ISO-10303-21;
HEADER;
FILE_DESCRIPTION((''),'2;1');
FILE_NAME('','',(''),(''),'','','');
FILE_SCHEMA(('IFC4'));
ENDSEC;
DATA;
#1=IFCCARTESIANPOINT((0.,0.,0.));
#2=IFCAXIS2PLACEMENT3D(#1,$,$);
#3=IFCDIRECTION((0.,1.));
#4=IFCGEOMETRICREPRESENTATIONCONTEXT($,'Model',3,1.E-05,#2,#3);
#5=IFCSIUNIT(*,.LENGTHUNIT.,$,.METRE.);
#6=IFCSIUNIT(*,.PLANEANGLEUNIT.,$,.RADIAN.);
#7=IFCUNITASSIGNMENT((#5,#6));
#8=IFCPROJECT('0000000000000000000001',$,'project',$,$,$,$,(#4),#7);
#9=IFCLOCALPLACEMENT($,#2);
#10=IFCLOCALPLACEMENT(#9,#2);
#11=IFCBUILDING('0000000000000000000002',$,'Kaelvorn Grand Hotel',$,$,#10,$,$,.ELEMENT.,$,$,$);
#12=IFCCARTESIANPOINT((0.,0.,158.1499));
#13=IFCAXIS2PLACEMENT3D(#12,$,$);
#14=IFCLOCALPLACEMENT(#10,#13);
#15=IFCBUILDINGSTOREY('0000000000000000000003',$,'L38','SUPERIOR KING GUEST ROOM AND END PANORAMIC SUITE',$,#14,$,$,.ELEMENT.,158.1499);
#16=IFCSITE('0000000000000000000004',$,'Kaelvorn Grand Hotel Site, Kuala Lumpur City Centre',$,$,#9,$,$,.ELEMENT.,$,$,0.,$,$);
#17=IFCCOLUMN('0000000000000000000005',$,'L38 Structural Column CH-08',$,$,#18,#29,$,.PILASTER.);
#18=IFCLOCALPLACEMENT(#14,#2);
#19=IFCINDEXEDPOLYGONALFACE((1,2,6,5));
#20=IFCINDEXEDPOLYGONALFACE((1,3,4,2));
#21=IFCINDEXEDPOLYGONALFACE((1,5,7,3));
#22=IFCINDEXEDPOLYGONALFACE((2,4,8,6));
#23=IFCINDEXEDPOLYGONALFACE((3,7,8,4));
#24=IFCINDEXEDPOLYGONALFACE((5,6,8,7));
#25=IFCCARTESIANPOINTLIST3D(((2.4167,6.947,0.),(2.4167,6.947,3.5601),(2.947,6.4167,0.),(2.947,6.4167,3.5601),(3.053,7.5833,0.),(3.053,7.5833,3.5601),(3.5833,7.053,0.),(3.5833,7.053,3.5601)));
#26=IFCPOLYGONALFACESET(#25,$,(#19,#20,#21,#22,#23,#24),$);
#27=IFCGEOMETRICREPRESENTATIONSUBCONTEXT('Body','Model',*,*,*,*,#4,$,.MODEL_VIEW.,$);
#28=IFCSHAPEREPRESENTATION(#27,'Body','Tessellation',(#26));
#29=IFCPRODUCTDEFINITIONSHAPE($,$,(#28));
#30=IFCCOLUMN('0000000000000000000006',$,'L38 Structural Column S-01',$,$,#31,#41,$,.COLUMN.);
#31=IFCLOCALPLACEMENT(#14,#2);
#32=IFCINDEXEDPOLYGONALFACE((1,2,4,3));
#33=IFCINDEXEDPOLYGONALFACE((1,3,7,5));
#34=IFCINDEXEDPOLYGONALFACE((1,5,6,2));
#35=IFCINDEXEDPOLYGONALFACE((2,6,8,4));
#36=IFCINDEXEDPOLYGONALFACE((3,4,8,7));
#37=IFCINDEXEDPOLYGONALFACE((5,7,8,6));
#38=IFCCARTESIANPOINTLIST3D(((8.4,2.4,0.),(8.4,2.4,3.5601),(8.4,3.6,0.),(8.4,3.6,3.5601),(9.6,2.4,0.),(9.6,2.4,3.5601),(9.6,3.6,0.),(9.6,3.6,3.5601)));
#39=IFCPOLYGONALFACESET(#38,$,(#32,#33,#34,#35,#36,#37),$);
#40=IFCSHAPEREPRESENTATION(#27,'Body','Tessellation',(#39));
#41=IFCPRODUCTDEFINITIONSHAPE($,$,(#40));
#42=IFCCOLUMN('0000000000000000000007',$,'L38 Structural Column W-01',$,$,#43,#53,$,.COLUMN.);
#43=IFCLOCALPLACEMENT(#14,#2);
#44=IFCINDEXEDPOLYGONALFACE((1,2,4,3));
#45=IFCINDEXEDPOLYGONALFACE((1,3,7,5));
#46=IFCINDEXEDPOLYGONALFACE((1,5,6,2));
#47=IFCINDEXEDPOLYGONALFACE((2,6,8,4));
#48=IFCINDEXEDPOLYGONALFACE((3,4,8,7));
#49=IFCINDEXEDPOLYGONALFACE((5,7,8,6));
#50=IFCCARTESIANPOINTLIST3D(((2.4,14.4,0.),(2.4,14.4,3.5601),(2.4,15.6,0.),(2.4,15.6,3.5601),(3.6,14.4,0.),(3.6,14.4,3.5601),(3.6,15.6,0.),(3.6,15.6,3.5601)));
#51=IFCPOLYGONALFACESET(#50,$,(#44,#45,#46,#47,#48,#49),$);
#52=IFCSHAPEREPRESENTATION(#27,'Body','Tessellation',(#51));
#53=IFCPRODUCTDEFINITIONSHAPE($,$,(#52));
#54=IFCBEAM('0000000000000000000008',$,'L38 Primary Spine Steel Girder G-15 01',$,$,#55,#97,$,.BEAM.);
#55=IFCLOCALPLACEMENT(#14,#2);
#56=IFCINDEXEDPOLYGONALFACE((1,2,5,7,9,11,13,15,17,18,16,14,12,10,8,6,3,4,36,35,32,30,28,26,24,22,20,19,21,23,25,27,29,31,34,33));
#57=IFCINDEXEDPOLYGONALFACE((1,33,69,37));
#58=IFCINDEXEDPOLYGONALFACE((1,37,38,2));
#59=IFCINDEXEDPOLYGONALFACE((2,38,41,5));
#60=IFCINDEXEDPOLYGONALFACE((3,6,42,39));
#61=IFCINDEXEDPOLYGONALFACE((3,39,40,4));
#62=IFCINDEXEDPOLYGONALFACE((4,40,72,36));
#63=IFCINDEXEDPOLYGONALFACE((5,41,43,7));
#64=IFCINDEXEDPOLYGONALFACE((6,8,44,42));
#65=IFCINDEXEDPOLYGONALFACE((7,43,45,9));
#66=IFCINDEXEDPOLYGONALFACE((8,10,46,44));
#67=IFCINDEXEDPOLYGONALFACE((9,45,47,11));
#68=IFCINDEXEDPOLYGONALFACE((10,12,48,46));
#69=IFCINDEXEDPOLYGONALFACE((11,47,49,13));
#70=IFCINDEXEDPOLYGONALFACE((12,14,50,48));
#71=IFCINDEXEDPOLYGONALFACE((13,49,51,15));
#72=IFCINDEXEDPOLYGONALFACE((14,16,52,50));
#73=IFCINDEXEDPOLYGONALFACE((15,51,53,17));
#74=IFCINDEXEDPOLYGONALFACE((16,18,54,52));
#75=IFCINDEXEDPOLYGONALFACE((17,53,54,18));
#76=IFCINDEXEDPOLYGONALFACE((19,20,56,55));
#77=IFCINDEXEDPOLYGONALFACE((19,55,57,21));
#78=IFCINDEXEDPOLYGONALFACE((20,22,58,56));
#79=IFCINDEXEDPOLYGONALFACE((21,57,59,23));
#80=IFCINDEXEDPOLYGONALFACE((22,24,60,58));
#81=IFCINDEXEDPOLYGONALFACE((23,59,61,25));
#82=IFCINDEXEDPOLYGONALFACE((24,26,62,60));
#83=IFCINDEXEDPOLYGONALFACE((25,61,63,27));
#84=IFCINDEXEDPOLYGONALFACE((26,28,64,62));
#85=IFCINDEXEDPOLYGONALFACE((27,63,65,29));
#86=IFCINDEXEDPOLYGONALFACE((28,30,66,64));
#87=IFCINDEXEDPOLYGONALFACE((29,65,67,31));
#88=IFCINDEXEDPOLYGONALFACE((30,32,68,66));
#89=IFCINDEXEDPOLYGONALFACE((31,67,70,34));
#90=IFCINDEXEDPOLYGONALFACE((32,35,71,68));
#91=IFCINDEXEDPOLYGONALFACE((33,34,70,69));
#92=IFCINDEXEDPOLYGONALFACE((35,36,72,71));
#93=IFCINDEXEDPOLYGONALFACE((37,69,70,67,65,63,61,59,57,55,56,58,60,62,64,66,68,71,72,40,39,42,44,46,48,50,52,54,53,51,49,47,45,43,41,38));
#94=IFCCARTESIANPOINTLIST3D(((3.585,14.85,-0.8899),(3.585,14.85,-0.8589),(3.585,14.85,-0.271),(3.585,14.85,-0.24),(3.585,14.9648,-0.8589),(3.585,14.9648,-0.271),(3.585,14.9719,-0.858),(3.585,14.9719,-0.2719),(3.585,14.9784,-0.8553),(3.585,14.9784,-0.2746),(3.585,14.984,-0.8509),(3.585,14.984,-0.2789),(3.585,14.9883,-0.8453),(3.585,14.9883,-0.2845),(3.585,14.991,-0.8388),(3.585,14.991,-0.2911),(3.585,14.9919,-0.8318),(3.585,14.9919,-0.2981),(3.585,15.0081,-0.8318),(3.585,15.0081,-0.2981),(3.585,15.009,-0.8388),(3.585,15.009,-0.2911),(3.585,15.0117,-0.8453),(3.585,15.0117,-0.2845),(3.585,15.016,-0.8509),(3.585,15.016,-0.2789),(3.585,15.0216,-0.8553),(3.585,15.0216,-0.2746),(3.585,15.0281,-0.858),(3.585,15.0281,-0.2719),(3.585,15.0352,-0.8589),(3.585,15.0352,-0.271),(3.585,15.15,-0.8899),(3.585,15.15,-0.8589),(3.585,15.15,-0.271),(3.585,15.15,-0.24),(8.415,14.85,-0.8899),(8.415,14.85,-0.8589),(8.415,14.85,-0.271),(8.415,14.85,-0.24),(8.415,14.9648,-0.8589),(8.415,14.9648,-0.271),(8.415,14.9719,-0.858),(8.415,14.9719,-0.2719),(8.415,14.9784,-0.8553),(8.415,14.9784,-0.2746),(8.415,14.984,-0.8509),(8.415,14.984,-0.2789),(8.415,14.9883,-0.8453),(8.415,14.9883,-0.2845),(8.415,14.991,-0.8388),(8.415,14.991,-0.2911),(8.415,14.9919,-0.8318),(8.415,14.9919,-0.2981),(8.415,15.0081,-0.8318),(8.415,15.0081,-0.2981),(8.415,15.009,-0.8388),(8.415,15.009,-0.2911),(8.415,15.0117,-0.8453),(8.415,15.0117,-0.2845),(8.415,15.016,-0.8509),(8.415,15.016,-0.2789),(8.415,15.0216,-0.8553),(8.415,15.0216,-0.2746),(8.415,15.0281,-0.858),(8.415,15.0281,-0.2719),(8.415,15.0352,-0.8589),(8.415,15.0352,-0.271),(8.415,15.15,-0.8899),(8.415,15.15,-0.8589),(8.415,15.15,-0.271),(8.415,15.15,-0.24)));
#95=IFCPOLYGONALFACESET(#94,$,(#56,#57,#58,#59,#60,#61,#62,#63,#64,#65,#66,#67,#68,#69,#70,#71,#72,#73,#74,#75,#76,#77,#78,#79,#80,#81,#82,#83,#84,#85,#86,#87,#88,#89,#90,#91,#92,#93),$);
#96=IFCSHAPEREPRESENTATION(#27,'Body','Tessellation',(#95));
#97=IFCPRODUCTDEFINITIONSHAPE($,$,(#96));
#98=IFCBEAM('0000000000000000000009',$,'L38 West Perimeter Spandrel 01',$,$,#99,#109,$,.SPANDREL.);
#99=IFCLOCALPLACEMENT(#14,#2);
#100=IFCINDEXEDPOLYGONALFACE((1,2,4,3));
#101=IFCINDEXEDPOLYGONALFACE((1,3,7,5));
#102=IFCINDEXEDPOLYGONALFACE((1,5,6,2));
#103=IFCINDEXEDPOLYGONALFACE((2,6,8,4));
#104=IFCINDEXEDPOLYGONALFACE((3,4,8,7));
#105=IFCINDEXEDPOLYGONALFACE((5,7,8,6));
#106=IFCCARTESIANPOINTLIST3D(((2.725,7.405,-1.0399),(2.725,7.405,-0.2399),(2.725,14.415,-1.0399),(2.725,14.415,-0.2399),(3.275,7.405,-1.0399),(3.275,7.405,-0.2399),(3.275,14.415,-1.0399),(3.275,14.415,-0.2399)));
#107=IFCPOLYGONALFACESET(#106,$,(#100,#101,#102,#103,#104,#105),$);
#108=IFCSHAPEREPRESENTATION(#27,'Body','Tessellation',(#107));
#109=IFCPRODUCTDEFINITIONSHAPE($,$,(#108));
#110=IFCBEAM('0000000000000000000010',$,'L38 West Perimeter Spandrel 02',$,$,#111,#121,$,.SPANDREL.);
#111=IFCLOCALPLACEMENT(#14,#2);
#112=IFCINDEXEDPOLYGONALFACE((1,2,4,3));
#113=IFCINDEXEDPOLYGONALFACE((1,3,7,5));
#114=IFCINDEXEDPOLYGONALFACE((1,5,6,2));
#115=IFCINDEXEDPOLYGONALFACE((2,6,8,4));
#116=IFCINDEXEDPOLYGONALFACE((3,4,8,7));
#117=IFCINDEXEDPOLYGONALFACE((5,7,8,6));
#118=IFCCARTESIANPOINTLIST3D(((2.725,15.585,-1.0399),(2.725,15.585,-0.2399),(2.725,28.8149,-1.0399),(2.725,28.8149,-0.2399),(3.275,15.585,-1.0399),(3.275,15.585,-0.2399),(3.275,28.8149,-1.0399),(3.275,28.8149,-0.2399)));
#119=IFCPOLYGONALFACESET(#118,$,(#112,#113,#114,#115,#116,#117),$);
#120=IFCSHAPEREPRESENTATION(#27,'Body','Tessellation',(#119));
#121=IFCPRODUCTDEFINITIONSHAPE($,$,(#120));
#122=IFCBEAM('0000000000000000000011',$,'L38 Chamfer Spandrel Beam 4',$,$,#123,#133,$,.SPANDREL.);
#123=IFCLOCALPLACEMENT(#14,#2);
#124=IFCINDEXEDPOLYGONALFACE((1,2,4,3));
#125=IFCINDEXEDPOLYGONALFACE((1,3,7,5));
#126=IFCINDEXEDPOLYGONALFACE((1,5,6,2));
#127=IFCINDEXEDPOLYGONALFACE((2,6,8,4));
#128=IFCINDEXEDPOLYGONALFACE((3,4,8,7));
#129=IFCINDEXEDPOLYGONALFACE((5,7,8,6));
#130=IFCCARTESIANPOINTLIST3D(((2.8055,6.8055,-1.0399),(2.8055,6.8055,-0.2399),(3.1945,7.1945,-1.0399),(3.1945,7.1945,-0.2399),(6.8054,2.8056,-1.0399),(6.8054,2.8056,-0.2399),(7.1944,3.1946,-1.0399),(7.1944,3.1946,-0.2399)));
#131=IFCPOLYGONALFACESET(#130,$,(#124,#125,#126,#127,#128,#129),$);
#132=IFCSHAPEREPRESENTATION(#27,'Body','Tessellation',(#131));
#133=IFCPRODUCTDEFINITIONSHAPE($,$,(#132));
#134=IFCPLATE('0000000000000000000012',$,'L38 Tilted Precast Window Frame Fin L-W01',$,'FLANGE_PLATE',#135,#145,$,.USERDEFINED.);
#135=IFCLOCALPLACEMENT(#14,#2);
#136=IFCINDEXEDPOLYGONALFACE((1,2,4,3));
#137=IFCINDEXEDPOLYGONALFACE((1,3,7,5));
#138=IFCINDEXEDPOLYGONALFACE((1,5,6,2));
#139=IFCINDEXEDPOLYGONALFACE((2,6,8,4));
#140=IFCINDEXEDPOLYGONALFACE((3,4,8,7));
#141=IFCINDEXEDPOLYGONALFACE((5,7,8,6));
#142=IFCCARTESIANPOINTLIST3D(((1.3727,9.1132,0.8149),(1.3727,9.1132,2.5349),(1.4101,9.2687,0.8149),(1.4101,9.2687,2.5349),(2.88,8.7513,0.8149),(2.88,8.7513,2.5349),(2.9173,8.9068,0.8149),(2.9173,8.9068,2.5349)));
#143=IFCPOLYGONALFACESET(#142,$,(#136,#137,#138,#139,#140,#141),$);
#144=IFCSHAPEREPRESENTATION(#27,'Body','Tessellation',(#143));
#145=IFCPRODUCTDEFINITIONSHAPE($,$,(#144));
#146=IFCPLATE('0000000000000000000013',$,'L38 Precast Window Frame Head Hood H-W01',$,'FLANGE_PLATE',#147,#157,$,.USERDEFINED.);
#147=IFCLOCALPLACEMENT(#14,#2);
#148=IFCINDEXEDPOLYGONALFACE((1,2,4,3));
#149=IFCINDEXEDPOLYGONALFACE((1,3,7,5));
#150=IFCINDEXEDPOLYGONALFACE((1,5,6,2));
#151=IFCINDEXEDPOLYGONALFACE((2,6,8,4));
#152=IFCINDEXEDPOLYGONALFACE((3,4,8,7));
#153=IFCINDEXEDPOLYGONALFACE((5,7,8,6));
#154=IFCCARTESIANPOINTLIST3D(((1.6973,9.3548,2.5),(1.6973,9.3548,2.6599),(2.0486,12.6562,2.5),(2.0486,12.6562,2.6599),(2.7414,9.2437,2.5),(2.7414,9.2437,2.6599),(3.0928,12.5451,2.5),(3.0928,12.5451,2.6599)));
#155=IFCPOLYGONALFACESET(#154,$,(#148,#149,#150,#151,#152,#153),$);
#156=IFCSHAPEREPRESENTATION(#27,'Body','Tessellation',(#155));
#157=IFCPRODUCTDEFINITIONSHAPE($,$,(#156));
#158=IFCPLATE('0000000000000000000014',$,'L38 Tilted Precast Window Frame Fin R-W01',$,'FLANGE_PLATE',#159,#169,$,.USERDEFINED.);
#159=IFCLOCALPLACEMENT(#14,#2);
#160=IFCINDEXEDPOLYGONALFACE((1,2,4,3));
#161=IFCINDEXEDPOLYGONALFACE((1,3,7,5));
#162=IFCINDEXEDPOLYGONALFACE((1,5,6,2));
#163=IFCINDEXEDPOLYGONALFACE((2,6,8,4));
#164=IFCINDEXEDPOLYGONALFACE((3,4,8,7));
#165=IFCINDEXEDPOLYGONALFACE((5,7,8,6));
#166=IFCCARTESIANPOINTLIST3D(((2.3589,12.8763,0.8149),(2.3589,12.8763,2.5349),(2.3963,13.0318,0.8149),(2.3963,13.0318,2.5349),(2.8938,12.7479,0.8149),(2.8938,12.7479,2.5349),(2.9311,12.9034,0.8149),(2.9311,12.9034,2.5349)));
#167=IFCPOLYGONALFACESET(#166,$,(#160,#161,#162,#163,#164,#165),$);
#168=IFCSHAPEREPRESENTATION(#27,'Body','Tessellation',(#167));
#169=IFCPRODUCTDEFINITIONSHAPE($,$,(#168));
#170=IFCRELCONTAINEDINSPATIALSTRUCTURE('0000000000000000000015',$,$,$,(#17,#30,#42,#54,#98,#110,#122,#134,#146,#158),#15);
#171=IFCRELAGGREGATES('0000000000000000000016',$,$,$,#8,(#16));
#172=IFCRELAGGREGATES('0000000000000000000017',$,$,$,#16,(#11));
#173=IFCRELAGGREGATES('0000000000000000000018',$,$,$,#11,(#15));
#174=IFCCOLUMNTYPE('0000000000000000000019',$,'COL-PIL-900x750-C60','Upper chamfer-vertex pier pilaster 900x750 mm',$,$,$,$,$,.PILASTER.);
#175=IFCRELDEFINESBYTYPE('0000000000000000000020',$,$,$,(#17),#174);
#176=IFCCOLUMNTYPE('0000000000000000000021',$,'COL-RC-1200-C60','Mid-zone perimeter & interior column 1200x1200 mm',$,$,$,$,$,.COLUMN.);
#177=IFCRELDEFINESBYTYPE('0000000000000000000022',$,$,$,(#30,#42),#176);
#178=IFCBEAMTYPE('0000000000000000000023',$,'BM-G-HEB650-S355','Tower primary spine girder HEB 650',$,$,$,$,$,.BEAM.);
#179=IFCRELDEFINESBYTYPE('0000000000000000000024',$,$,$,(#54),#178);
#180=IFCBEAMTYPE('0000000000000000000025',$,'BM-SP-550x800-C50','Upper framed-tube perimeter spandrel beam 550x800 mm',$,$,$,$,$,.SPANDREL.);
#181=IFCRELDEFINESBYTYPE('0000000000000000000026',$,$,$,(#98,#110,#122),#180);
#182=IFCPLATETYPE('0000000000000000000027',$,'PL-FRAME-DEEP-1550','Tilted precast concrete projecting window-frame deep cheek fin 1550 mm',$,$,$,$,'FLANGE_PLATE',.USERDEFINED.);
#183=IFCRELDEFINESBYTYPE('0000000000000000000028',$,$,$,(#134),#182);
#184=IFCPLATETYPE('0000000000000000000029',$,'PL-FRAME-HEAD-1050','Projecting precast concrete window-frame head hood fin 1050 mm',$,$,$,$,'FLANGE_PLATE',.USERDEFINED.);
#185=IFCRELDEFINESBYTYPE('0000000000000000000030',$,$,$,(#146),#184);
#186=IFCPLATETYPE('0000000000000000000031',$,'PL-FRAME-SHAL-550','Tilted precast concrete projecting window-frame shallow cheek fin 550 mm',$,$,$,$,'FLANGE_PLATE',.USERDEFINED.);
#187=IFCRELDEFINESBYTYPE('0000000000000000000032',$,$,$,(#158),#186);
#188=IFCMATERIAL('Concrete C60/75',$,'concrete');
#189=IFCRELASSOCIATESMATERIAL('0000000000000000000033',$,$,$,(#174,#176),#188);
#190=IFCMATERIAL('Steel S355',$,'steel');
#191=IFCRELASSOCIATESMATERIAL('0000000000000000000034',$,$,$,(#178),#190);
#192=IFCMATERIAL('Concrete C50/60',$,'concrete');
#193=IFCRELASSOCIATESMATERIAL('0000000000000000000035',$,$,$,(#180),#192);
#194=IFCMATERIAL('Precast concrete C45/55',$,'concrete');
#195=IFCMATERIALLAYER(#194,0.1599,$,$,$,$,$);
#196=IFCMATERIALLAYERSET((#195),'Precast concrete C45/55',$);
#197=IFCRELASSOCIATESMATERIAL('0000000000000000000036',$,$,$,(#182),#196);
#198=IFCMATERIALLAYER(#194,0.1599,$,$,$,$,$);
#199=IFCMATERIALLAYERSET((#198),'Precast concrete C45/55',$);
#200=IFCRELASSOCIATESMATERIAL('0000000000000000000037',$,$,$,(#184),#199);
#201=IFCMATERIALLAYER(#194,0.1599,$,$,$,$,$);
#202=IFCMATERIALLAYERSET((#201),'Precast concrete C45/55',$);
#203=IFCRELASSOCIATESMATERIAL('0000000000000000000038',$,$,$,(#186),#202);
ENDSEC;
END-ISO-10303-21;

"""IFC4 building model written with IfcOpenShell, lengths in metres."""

from ifc_helpers import new_model, si_unit, direction, frame, origin, origin_2d, place, context, subcontext, project, spatial, rectangle, i_section, extrude, material, layer, layer_set, material_profile, profile_set, type_object, element, save


model = new_model("IFC4")

# Units and contexts
model_context = context("Model", 3, precision=1e-05, world=origin(), true_north=direction((0.0, 1.0)))
body_context = subcontext(model_context, "Body", "Model", "MODEL_VIEW")
ifc_project = project(units=[si_unit("LENGTHUNIT", "METRE"), si_unit("PLANEANGLEUNIT", "RADIAN")], contexts=[model_context])

# Site, building, storey
site_placement = place(None, origin())
site = spatial("IfcSite", under=ifc_project, at=site_placement, Name="Kaelvorn Grand Hotel Site, Kuala Lumpur City Centre", CompositionType="ELEMENT", RefElevation=0.0)
building_placement = place(site_placement, origin())
building = spatial("IfcBuilding", under=site, at=building_placement, Name="Kaelvorn Grand Hotel", CompositionType="ELEMENT")
storey_placement = place(building_placement, frame((0.0, 0.0, 158.1499)))
storey = spatial("IfcBuildingStorey", under=building, at=storey_placement, Name="L38", Description="SUPERIOR KING GUEST ROOM AND END PANORAMIC SUITE", CompositionType="ELEMENT", Elevation=158.1499)

# Columns
ifc_material_1 = material(Name="Concrete C60/75", Category="concrete")
ifc_material_profile_1 = material_profile(ifc_material_1, rectangle(XDim=0.8999, YDim=0.75, at=origin_2d()), Name="RC PILASTER 900x750")
ifc_profile_set_1 = profile_set([ifc_material_profile_1], Name="Concrete C60/75")
column_type_1 = type_object("IfcColumnType", Name="COL-PIL-900x750-C60", Description="Upper chamfer-vertex pier pilaster 900x750 mm", PredefinedType="PILASTER", material=ifc_profile_set_1)
column_placement = place(storey_placement, frame((3.0, 7.0, 0.0), z_axis=(0.0, 0.0, 1.0), x_axis=(0.707107, 0.707107, 0.0)))
element("IfcColumn", 1, at=column_placement, inside=storey, type_object=column_type_1, Name="L38 Structural Column CH-08", PredefinedType="PILASTER", context=body_context, shape_type="SweptSolid", body=[
    extrude(rectangle(XDim=0.8999, YDim=0.75, at=origin_2d()), origin(), (0.0, 0.0, 1.0), 3.5601),
])
ifc_material_profile_2 = material_profile(ifc_material_1, rectangle(XDim=1.2, YDim=1.2, at=origin_2d()), Name="RC COL 1200x1200")
ifc_profile_set_2 = profile_set([ifc_material_profile_2], Name="Concrete C60/75")
column_type_2 = type_object("IfcColumnType", Name="COL-RC-1200-C60", Description="Mid-zone perimeter & interior column 1200x1200 mm", PredefinedType="COLUMN", material=ifc_profile_set_2)
for number, where, z_axis, x_axis, name in (
    (2, (9.0, 3.0, 0.0), (0.0, 0.0, 1.0), (1.0, 0.0, 0.0), "L38 Structural Column S-01"),
    (3, (3.0, 15.0, 0.0), (0.0, 0.0, 1.0), (1.0, 0.0, 0.0), "L38 Structural Column W-01"),
):
    element("IfcColumn", number, at=place(storey_placement, frame(where, z_axis=z_axis, x_axis=x_axis)), inside=storey, type_object=column_type_2, Name=name, PredefinedType="COLUMN", context=body_context, shape_type="SweptSolid", body=[
        extrude(rectangle(XDim=1.2, YDim=1.2, at=origin_2d()), origin(), (0.0, 0.0, 1.0), 3.5601),
    ])

# Beams
ifc_material_2 = material(Name="Steel S355", Category="steel")
ifc_material_profile_3 = material_profile(ifc_material_2, i_section(OverallWidth=0.3, OverallDepth=0.6499, WebThickness=0.0161, FlangeThickness=0.031, FilletRadius=0.0271, at=origin_2d()), Name="HEB 650")
ifc_profile_set_3 = profile_set([ifc_material_profile_3], Name="Steel S355")
beam_type_1 = type_object("IfcBeamType", Name="BM-G-HEB650-S355", Description="Tower primary spine girder HEB 650", PredefinedType="BEAM", material=ifc_profile_set_3)
beam_1_placement = place(storey_placement, frame((3.585, 15.0, -0.5649), z_axis=(1.0, 0.0, 0.0), x_axis=(0.0, 1.0, 0.0)))
element("IfcBeam", 4, at=beam_1_placement, inside=storey, type_object=beam_type_1, Name="L38 Primary Spine Steel Girder G-15 01", PredefinedType="BEAM", context=body_context, shape_type="SweptSolid", body=[
    extrude(i_section(OverallWidth=0.3, OverallDepth=0.6499, WebThickness=0.0161, FlangeThickness=0.031, FilletRadius=0.0271, at=origin_2d()), origin(), (0.0, 0.0, 1.0), 4.8301),
])
ifc_material_3 = material(Name="Concrete C50/60", Category="concrete")
ifc_material_profile_4 = material_profile(ifc_material_3, rectangle(XDim=0.55, YDim=0.8, at=origin_2d()), Name="RC SPANDREL 550x800")
ifc_profile_set_4 = profile_set([ifc_material_profile_4], Name="Concrete C50/60")
beam_type_2 = type_object("IfcBeamType", Name="BM-SP-550x800-C50", Description="Upper framed-tube perimeter spandrel beam 550x800 mm", PredefinedType="SPANDREL", material=ifc_profile_set_4)
beam_2_placement = place(storey_placement, frame((3.0, 7.405, -0.6399), z_axis=(0.0, 1.0, 0.0), x_axis=(-1.0, 0.0, 0.0)))
element("IfcBeam", 5, at=beam_2_placement, inside=storey, type_object=beam_type_2, Name="L38 West Perimeter Spandrel 01", PredefinedType="SPANDREL", context=body_context, shape_type="SweptSolid", body=[
    extrude(rectangle(XDim=0.55, YDim=0.8, at=origin_2d()), origin(), (0.0, 0.0, 1.0), 7.01),
])
beam_3_placement = place(storey_placement, frame((3.0, 15.585, -0.6399), z_axis=(0.0, 1.0, 0.0), x_axis=(-1.0, 0.0, 0.0)))
element("IfcBeam", 6, at=beam_3_placement, inside=storey, type_object=beam_type_2, Name="L38 West Perimeter Spandrel 02", PredefinedType="SPANDREL", context=body_context, shape_type="SweptSolid", body=[
    extrude(rectangle(XDim=0.55, YDim=0.8, at=origin_2d()), origin(), (0.0, 0.0, 1.0), 13.23),
])
beam_4_placement = place(storey_placement, frame((3.0, 7.0, -0.6399), z_axis=(0.707107, -0.707107, 0.0), x_axis=(0.707107, 0.707107, 0.0)))
element("IfcBeam", 7, at=beam_4_placement, inside=storey, type_object=beam_type_2, Name="L38 Chamfer Spandrel Beam 4", PredefinedType="SPANDREL", context=body_context, shape_type="SweptSolid", body=[
    extrude(rectangle(XDim=0.55, YDim=0.8, at=origin_2d()), origin(), (0.0, 0.0, 1.0), 5.6567),
])

# Plates
ifc_material_4 = material(Name="Precast concrete C45/55", Category="concrete")
ifc_layer_1 = layer(ifc_material_4, 0.1599)
ifc_layer_set_1 = layer_set([ifc_layer_1], Name="Precast concrete C45/55")
plate_type_1 = type_object("IfcPlateType", Name="PL-FRAME-DEEP-1550", Description="Tilted precast concrete projecting window-frame deep cheek fin 1550 mm", ElementType="FLANGE_PLATE", PredefinedType="USERDEFINED", material=ifc_layer_set_1)
plate_1_placement = place(storey_placement, frame((2.145, 9.01, 0.8149), z_axis=(0.0, 0.0, 1.0), x_axis=(0.233445, 0.97237, 0.0)))
element("IfcPlate", 8, at=plate_1_placement, inside=storey, type_object=plate_type_1, Name="L38 Tilted Precast Window Frame Fin L-W01", ObjectType="FLANGE_PLATE", PredefinedType="USERDEFINED", context=body_context, shape_type="SweptSolid", body=[
    extrude(rectangle(XDim=0.1599, YDim=1.55, at=origin_2d()), origin(), (0.0, 0.0, 1.0), 1.72),
])
ifc_layer_2 = layer(ifc_material_4, 0.1599)
ifc_layer_set_2 = layer_set([ifc_layer_2], Name="Precast concrete C45/55")
plate_type_2 = type_object("IfcPlateType", Name="PL-FRAME-HEAD-1050", Description="Projecting precast concrete window-frame head hood fin 1050 mm", ElementType="FLANGE_PLATE", PredefinedType="USERDEFINED", material=ifc_layer_set_2)
plate_2_placement = place(storey_placement, frame((2.395, 10.95, 2.5), z_axis=(0.0, 0.0, 1.0), x_axis=(0.10583, 0.994384, 0.0)))
element("IfcPlate", 9, at=plate_2_placement, inside=storey, type_object=plate_type_2, Name="L38 Precast Window Frame Head Hood H-W01", ObjectType="FLANGE_PLATE", PredefinedType="USERDEFINED", context=body_context, shape_type="SweptSolid", body=[
    extrude(rectangle(XDim=3.3201, YDim=1.05, at=origin_2d()), origin(), (0.0, 0.0, 1.0), 0.1599),
])
ifc_layer_3 = layer(ifc_material_4, 0.1599)
ifc_layer_set_3 = layer_set([ifc_layer_3], Name="Precast concrete C45/55")
plate_type_3 = type_object("IfcPlateType", Name="PL-FRAME-SHAL-550", Description="Tilted precast concrete projecting window-frame shallow cheek fin 550 mm", ElementType="FLANGE_PLATE", PredefinedType="USERDEFINED", material=ifc_layer_set_3)
plate_3_placement = place(storey_placement, frame((2.645, 12.8899, 0.8149), z_axis=(0.0, 0.0, 1.0), x_axis=(0.233445, 0.97237, 0.0)))
element("IfcPlate", 10, at=plate_3_placement, inside=storey, type_object=plate_type_3, Name="L38 Tilted Precast Window Frame Fin R-W01", ObjectType="FLANGE_PLATE", PredefinedType="USERDEFINED", context=body_context, shape_type="SweptSolid", body=[
    extrude(rectangle(XDim=0.1599, YDim=0.55, at=origin_2d()), origin(), (0.0, 0.0, 1.0), 1.72),
])

save(model, "model.ifc")
